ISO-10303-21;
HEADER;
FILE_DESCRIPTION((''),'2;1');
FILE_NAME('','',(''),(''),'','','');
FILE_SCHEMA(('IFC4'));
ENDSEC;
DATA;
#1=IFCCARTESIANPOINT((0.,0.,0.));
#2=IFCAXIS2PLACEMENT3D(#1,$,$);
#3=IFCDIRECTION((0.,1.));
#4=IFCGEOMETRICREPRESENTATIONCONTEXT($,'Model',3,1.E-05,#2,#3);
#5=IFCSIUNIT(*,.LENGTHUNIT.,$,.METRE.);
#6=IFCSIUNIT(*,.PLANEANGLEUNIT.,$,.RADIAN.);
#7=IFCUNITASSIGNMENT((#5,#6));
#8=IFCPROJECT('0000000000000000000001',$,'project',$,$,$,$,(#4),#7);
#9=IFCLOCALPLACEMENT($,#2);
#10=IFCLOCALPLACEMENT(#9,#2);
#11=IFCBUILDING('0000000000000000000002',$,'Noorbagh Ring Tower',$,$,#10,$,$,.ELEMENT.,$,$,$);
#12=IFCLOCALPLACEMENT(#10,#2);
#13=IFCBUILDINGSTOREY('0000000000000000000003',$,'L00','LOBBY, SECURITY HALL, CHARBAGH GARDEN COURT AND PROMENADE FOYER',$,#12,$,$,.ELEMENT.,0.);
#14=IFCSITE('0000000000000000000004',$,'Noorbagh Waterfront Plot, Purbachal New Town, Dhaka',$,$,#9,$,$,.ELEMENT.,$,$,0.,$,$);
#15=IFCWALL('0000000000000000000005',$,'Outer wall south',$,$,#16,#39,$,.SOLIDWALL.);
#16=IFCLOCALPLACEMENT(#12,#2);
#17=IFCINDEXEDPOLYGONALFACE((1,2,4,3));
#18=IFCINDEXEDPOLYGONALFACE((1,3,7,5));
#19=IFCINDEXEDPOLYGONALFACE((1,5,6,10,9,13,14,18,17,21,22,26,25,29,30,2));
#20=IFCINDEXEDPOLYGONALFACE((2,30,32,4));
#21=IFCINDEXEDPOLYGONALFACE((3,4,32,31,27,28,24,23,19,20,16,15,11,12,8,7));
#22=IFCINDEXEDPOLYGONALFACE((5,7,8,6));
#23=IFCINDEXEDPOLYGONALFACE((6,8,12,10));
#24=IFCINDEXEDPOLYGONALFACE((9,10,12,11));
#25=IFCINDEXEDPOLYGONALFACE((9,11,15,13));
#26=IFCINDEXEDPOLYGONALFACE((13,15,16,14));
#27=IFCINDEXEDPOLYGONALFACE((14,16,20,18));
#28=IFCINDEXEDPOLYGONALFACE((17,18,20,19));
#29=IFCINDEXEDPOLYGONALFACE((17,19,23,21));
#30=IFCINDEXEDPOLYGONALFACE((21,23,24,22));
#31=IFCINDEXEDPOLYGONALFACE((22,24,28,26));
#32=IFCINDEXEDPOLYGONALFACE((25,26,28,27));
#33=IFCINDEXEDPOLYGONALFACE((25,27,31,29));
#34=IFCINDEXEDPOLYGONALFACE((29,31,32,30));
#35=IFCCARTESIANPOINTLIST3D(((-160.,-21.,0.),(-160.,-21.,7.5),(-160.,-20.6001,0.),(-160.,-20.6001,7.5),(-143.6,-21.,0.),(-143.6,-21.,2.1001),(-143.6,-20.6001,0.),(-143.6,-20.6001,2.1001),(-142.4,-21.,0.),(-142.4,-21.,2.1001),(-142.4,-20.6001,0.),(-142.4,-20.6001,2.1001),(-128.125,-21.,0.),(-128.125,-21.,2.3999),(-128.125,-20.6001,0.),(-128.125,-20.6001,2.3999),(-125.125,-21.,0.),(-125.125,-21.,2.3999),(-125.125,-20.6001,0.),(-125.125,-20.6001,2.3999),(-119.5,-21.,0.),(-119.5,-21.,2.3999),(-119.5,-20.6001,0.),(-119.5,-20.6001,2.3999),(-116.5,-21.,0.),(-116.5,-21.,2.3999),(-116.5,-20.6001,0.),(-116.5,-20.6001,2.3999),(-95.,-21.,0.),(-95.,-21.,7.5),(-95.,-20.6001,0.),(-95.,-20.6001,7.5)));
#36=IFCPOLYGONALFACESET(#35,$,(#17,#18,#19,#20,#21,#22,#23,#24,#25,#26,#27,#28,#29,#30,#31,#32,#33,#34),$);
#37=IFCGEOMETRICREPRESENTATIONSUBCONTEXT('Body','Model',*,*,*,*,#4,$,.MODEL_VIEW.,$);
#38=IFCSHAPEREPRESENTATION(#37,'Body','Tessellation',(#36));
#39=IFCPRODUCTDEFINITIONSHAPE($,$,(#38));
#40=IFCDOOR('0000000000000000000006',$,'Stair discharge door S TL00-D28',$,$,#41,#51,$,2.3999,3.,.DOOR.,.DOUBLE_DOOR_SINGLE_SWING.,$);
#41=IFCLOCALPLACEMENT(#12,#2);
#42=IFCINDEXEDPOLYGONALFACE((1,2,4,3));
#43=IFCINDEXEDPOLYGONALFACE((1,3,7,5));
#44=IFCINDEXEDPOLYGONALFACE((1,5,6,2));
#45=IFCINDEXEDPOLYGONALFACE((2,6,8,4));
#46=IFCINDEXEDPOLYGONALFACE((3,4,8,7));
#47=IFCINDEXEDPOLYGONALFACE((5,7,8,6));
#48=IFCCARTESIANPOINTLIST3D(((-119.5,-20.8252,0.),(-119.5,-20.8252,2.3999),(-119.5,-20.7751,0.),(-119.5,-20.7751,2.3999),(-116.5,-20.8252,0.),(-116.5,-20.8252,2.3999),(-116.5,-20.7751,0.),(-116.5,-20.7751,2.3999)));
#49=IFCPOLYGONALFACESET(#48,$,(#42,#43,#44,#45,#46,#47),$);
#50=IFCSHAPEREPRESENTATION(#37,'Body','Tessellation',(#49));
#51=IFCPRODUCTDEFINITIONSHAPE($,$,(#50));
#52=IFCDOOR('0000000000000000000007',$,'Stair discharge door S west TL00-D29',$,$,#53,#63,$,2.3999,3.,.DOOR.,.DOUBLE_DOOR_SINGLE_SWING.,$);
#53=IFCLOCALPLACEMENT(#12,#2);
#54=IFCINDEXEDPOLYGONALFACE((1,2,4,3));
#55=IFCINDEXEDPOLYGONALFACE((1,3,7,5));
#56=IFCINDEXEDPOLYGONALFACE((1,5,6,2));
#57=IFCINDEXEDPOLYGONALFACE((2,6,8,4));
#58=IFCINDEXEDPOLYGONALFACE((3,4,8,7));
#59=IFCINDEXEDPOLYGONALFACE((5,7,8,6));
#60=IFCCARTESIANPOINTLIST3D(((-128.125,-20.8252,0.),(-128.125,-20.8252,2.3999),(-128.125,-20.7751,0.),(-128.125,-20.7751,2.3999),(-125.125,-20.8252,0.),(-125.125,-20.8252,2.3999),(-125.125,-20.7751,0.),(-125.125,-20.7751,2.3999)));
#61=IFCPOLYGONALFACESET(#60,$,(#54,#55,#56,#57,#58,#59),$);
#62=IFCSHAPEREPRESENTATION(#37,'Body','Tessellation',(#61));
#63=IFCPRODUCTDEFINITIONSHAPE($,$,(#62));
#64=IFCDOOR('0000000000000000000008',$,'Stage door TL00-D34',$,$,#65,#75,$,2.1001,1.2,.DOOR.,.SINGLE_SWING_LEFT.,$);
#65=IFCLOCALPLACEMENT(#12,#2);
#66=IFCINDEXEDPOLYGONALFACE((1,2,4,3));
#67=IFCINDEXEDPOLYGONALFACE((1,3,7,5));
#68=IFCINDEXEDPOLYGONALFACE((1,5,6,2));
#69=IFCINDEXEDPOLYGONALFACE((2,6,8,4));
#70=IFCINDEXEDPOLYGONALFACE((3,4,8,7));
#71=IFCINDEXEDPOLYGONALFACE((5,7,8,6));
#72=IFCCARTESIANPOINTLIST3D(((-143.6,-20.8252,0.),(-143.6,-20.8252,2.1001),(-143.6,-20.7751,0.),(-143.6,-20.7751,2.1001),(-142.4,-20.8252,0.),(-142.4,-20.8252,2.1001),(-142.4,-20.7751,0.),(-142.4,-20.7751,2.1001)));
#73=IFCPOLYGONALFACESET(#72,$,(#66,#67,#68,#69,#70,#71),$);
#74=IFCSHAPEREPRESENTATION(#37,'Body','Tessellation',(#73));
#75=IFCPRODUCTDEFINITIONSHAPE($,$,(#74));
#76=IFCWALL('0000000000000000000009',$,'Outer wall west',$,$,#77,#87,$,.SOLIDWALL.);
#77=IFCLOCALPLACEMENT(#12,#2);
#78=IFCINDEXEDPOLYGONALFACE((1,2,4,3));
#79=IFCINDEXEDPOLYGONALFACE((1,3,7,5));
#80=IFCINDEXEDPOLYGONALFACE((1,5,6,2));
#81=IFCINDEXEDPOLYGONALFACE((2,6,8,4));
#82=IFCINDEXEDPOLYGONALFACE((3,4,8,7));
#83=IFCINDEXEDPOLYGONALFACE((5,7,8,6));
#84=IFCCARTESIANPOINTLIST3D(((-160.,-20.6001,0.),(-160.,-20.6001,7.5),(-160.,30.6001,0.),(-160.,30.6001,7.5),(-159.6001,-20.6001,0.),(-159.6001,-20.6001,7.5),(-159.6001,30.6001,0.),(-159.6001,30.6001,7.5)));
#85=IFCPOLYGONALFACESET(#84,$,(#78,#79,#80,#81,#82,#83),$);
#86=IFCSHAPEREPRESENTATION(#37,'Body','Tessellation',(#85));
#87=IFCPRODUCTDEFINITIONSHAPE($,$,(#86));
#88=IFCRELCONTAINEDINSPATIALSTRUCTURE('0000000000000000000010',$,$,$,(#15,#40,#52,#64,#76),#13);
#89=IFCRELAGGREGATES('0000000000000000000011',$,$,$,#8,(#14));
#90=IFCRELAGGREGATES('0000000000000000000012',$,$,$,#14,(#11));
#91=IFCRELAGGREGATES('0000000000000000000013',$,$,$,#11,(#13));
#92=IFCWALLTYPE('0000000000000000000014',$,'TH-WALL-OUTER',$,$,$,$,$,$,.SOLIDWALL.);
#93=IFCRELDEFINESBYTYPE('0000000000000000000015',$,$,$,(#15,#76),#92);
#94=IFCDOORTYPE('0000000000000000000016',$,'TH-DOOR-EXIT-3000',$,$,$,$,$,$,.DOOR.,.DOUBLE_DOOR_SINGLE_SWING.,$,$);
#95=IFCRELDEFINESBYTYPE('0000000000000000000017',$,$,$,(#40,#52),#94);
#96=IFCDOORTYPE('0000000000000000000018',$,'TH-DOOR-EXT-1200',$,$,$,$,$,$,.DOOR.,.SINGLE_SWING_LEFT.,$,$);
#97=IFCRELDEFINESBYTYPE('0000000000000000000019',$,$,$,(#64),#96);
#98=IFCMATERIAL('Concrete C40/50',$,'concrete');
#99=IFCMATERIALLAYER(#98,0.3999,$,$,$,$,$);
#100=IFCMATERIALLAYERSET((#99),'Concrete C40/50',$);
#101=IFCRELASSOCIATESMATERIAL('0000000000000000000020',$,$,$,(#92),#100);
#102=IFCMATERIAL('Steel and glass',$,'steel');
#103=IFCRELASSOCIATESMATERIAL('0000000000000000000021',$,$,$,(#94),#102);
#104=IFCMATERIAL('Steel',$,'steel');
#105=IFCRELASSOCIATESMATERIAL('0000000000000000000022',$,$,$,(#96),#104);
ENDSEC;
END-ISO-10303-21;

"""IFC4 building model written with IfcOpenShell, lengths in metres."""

from ifc_helpers import new_model, si_unit, direction, frame, frame_2d, origin, place, context, subcontext, project, spatial, rectangle, extrude, material, layer, layer_set, type_object, element, fill, save


model = new_model("IFC4")

# Units and contexts
model_context = context("Model", 3, precision=1e-05, world=origin(), true_north=direction((0.0, 1.0)))
body_context = subcontext(model_context, "Body", "Model", "MODEL_VIEW")
ifc_project = project(units=[si_unit("LENGTHUNIT", "METRE"), si_unit("PLANEANGLEUNIT", "RADIAN")], contexts=[model_context])

# Site, building, storey
site_placement = place(None, origin())
site = spatial("IfcSite", under=ifc_project, at=site_placement, Name="Noorbagh Waterfront Plot, Purbachal New Town, Dhaka", CompositionType="ELEMENT", RefElevation=0.0)
building_placement = place(site_placement, origin())
building = spatial("IfcBuilding", under=site, at=building_placement, Name="Noorbagh Ring Tower", CompositionType="ELEMENT")
storey_placement = place(building_placement, origin())
storey = spatial("IfcBuildingStorey", under=building, at=storey_placement, Name="L00", Description="LOBBY, SECURITY HALL, CHARBAGH GARDEN COURT AND PROMENADE FOYER", CompositionType="ELEMENT", Elevation=0.0)

# Wall, openings, doors
ifc_material_1 = material(Name="Concrete C40/50", Category="concrete")
ifc_layer_1 = layer(ifc_material_1, 0.3999)
ifc_layer_set_1 = layer_set([ifc_layer_1], Name="Concrete C40/50")
wall_type_1 = type_object("IfcWallType", Name="TH-WALL-OUTER", PredefinedType="SOLIDWALL", material=ifc_layer_set_1)
wall_1_placement = place(storey_placement, frame((-160.0, -20.8, 0.0), z_axis=(0.0, 0.0, 1.0), x_axis=(1.0, 0.0, 0.0)))
wall_1 = element("IfcWall", 1, at=wall_1_placement, inside=storey, type_object=wall_type_1, Name="Outer wall south", PredefinedType="SOLIDWALL", context=body_context, shape_type="SweptSolid", body=[
    extrude(rectangle(XDim=65.0, YDim=0.3999, at=frame_2d((32.5, 0.0))), origin(), (0.0, 0.0, 1.0), 7.5),
])
opening_1_placement = place(wall_1_placement, frame((40.5, 0.0, 0.0)))
opening_1 = element("IfcOpeningElement", 2, at=opening_1_placement, cuts=wall_1, PredefinedType="OPENING", context=body_context, shape_type="SweptSolid", body=[
    extrude(rectangle(XDim=3.0, YDim=2.3999, at=frame_2d((1.5, 1.2))), frame((0.0, 0.21, 0.0), z_axis=(0.0, -1.0, 0.0), x_axis=(1.0, 0.0, 0.0)), (0.0, 0.0, 1.0), 0.4199),
])
opening_2_placement = place(wall_1_placement, frame((31.875, 0.0, 0.0)))
opening_2 = element("IfcOpeningElement", 3, at=opening_2_placement, cuts=wall_1, PredefinedType="OPENING", context=body_context, shape_type="SweptSolid", body=[
    extrude(rectangle(XDim=3.0, YDim=2.3999, at=frame_2d((1.5, 1.2))), frame((0.0, 0.21, 0.0), z_axis=(0.0, -1.0, 0.0), x_axis=(1.0, 0.0, 0.0)), (0.0, 0.0, 1.0), 0.4199),
])
opening_3_placement = place(wall_1_placement, frame((16.3999, 0.0, 0.0)))
opening_3 = element("IfcOpeningElement", 4, at=opening_3_placement, cuts=wall_1, PredefinedType="OPENING", context=body_context, shape_type="SweptSolid", body=[
    extrude(rectangle(XDim=1.2, YDim=2.1001, at=frame_2d((0.6001, 1.05))), frame((0.0, 0.21, 0.0), z_axis=(0.0, -1.0, 0.0), x_axis=(1.0, 0.0, 0.0)), (0.0, 0.0, 1.0), 0.4199),
])
ifc_material_2 = material(Name="Steel and glass", Category="steel")
door_type_1 = type_object("IfcDoorType", Name="TH-DOOR-EXIT-3000", OperationType="DOUBLE_DOOR_SINGLE_SWING", PredefinedType="DOOR", material=ifc_material_2)
door_1_placement = place(opening_1_placement, frame((3.0, 0.0, 0.0), z_axis=(0.0, 0.0, 1.0), x_axis=(-1.0, 0.0, 0.0)))
door_1 = element("IfcDoor", 5, at=door_1_placement, inside=storey, type_object=door_type_1, Name="Stair discharge door S TL00-D28", OperationType="DOUBLE_DOOR_SINGLE_SWING", OverallHeight=2.3999, OverallWidth=3.0, PredefinedType="DOOR", context=body_context, shape_type="SweptSolid", body=[
    extrude(rectangle(XDim=3.0, YDim=2.3999, at=frame_2d((1.5, 1.2))), frame((0.0, 0.0251, 0.0), z_axis=(0.0, -1.0, 0.0), x_axis=(1.0, 0.0, 0.0)), (0.0, 0.0, 1.0), 0.05),
])
fill(opening_1, door_1)
door_2_placement = place(opening_2_placement, frame((3.0, 0.0, 0.0), z_axis=(0.0, 0.0, 1.0), x_axis=(-1.0, 0.0, 0.0)))
door_2 = element("IfcDoor", 6, at=door_2_placement, inside=storey, type_object=door_type_1, Name="Stair discharge door S west TL00-D29", OperationType="DOUBLE_DOOR_SINGLE_SWING", OverallHeight=2.3999, OverallWidth=3.0, PredefinedType="DOOR", context=body_context, shape_type="SweptSolid", body=[
    extrude(rectangle(XDim=3.0, YDim=2.3999, at=frame_2d((1.5, 1.2))), frame((0.0, 0.0251, 0.0), z_axis=(0.0, -1.0, 0.0), x_axis=(1.0, 0.0, 0.0)), (0.0, 0.0, 1.0), 0.05),
])
fill(opening_2, door_2)
ifc_material_3 = material(Name="Steel", Category="steel")
door_type_2 = type_object("IfcDoorType", Name="TH-DOOR-EXT-1200", OperationType="SINGLE_SWING_LEFT", PredefinedType="DOOR", material=ifc_material_3)
door_3_placement = place(opening_3_placement, frame((1.2, 0.0, 0.0), z_axis=(0.0, 0.0, 1.0), x_axis=(-1.0, 0.0, 0.0)))
door_3 = element("IfcDoor", 7, at=door_3_placement, inside=storey, type_object=door_type_2, Name="Stage door TL00-D34", OperationType="SINGLE_SWING_LEFT", OverallHeight=2.1001, OverallWidth=1.2, PredefinedType="DOOR", context=body_context, shape_type="SweptSolid", body=[
    extrude(rectangle(XDim=1.2, YDim=2.1001, at=frame_2d((0.5999, 1.05))), frame((0.0, 0.0251, 0.0), z_axis=(0.0, -1.0, 0.0), x_axis=(1.0, 0.0, 0.0)), (0.0, 0.0, 1.0), 0.05),
])
fill(opening_3, door_3)

# Wall
wall_2_placement = place(storey_placement, frame((-159.8, -20.6001, 0.0), z_axis=(0.0, 0.0, 1.0), x_axis=(0.0, 1.0, 0.0)))
element("IfcWall", 8, at=wall_2_placement, inside=storey, type_object=wall_type_1, Name="Outer wall west", PredefinedType="SOLIDWALL", context=body_context, shape_type="SweptSolid", body=[
    extrude(rectangle(XDim=51.2002, YDim=0.3999, at=frame_2d((25.6001, 0.0))), origin(), (0.0, 0.0, 1.0), 7.5),
])

save(model, "model.ifc")
